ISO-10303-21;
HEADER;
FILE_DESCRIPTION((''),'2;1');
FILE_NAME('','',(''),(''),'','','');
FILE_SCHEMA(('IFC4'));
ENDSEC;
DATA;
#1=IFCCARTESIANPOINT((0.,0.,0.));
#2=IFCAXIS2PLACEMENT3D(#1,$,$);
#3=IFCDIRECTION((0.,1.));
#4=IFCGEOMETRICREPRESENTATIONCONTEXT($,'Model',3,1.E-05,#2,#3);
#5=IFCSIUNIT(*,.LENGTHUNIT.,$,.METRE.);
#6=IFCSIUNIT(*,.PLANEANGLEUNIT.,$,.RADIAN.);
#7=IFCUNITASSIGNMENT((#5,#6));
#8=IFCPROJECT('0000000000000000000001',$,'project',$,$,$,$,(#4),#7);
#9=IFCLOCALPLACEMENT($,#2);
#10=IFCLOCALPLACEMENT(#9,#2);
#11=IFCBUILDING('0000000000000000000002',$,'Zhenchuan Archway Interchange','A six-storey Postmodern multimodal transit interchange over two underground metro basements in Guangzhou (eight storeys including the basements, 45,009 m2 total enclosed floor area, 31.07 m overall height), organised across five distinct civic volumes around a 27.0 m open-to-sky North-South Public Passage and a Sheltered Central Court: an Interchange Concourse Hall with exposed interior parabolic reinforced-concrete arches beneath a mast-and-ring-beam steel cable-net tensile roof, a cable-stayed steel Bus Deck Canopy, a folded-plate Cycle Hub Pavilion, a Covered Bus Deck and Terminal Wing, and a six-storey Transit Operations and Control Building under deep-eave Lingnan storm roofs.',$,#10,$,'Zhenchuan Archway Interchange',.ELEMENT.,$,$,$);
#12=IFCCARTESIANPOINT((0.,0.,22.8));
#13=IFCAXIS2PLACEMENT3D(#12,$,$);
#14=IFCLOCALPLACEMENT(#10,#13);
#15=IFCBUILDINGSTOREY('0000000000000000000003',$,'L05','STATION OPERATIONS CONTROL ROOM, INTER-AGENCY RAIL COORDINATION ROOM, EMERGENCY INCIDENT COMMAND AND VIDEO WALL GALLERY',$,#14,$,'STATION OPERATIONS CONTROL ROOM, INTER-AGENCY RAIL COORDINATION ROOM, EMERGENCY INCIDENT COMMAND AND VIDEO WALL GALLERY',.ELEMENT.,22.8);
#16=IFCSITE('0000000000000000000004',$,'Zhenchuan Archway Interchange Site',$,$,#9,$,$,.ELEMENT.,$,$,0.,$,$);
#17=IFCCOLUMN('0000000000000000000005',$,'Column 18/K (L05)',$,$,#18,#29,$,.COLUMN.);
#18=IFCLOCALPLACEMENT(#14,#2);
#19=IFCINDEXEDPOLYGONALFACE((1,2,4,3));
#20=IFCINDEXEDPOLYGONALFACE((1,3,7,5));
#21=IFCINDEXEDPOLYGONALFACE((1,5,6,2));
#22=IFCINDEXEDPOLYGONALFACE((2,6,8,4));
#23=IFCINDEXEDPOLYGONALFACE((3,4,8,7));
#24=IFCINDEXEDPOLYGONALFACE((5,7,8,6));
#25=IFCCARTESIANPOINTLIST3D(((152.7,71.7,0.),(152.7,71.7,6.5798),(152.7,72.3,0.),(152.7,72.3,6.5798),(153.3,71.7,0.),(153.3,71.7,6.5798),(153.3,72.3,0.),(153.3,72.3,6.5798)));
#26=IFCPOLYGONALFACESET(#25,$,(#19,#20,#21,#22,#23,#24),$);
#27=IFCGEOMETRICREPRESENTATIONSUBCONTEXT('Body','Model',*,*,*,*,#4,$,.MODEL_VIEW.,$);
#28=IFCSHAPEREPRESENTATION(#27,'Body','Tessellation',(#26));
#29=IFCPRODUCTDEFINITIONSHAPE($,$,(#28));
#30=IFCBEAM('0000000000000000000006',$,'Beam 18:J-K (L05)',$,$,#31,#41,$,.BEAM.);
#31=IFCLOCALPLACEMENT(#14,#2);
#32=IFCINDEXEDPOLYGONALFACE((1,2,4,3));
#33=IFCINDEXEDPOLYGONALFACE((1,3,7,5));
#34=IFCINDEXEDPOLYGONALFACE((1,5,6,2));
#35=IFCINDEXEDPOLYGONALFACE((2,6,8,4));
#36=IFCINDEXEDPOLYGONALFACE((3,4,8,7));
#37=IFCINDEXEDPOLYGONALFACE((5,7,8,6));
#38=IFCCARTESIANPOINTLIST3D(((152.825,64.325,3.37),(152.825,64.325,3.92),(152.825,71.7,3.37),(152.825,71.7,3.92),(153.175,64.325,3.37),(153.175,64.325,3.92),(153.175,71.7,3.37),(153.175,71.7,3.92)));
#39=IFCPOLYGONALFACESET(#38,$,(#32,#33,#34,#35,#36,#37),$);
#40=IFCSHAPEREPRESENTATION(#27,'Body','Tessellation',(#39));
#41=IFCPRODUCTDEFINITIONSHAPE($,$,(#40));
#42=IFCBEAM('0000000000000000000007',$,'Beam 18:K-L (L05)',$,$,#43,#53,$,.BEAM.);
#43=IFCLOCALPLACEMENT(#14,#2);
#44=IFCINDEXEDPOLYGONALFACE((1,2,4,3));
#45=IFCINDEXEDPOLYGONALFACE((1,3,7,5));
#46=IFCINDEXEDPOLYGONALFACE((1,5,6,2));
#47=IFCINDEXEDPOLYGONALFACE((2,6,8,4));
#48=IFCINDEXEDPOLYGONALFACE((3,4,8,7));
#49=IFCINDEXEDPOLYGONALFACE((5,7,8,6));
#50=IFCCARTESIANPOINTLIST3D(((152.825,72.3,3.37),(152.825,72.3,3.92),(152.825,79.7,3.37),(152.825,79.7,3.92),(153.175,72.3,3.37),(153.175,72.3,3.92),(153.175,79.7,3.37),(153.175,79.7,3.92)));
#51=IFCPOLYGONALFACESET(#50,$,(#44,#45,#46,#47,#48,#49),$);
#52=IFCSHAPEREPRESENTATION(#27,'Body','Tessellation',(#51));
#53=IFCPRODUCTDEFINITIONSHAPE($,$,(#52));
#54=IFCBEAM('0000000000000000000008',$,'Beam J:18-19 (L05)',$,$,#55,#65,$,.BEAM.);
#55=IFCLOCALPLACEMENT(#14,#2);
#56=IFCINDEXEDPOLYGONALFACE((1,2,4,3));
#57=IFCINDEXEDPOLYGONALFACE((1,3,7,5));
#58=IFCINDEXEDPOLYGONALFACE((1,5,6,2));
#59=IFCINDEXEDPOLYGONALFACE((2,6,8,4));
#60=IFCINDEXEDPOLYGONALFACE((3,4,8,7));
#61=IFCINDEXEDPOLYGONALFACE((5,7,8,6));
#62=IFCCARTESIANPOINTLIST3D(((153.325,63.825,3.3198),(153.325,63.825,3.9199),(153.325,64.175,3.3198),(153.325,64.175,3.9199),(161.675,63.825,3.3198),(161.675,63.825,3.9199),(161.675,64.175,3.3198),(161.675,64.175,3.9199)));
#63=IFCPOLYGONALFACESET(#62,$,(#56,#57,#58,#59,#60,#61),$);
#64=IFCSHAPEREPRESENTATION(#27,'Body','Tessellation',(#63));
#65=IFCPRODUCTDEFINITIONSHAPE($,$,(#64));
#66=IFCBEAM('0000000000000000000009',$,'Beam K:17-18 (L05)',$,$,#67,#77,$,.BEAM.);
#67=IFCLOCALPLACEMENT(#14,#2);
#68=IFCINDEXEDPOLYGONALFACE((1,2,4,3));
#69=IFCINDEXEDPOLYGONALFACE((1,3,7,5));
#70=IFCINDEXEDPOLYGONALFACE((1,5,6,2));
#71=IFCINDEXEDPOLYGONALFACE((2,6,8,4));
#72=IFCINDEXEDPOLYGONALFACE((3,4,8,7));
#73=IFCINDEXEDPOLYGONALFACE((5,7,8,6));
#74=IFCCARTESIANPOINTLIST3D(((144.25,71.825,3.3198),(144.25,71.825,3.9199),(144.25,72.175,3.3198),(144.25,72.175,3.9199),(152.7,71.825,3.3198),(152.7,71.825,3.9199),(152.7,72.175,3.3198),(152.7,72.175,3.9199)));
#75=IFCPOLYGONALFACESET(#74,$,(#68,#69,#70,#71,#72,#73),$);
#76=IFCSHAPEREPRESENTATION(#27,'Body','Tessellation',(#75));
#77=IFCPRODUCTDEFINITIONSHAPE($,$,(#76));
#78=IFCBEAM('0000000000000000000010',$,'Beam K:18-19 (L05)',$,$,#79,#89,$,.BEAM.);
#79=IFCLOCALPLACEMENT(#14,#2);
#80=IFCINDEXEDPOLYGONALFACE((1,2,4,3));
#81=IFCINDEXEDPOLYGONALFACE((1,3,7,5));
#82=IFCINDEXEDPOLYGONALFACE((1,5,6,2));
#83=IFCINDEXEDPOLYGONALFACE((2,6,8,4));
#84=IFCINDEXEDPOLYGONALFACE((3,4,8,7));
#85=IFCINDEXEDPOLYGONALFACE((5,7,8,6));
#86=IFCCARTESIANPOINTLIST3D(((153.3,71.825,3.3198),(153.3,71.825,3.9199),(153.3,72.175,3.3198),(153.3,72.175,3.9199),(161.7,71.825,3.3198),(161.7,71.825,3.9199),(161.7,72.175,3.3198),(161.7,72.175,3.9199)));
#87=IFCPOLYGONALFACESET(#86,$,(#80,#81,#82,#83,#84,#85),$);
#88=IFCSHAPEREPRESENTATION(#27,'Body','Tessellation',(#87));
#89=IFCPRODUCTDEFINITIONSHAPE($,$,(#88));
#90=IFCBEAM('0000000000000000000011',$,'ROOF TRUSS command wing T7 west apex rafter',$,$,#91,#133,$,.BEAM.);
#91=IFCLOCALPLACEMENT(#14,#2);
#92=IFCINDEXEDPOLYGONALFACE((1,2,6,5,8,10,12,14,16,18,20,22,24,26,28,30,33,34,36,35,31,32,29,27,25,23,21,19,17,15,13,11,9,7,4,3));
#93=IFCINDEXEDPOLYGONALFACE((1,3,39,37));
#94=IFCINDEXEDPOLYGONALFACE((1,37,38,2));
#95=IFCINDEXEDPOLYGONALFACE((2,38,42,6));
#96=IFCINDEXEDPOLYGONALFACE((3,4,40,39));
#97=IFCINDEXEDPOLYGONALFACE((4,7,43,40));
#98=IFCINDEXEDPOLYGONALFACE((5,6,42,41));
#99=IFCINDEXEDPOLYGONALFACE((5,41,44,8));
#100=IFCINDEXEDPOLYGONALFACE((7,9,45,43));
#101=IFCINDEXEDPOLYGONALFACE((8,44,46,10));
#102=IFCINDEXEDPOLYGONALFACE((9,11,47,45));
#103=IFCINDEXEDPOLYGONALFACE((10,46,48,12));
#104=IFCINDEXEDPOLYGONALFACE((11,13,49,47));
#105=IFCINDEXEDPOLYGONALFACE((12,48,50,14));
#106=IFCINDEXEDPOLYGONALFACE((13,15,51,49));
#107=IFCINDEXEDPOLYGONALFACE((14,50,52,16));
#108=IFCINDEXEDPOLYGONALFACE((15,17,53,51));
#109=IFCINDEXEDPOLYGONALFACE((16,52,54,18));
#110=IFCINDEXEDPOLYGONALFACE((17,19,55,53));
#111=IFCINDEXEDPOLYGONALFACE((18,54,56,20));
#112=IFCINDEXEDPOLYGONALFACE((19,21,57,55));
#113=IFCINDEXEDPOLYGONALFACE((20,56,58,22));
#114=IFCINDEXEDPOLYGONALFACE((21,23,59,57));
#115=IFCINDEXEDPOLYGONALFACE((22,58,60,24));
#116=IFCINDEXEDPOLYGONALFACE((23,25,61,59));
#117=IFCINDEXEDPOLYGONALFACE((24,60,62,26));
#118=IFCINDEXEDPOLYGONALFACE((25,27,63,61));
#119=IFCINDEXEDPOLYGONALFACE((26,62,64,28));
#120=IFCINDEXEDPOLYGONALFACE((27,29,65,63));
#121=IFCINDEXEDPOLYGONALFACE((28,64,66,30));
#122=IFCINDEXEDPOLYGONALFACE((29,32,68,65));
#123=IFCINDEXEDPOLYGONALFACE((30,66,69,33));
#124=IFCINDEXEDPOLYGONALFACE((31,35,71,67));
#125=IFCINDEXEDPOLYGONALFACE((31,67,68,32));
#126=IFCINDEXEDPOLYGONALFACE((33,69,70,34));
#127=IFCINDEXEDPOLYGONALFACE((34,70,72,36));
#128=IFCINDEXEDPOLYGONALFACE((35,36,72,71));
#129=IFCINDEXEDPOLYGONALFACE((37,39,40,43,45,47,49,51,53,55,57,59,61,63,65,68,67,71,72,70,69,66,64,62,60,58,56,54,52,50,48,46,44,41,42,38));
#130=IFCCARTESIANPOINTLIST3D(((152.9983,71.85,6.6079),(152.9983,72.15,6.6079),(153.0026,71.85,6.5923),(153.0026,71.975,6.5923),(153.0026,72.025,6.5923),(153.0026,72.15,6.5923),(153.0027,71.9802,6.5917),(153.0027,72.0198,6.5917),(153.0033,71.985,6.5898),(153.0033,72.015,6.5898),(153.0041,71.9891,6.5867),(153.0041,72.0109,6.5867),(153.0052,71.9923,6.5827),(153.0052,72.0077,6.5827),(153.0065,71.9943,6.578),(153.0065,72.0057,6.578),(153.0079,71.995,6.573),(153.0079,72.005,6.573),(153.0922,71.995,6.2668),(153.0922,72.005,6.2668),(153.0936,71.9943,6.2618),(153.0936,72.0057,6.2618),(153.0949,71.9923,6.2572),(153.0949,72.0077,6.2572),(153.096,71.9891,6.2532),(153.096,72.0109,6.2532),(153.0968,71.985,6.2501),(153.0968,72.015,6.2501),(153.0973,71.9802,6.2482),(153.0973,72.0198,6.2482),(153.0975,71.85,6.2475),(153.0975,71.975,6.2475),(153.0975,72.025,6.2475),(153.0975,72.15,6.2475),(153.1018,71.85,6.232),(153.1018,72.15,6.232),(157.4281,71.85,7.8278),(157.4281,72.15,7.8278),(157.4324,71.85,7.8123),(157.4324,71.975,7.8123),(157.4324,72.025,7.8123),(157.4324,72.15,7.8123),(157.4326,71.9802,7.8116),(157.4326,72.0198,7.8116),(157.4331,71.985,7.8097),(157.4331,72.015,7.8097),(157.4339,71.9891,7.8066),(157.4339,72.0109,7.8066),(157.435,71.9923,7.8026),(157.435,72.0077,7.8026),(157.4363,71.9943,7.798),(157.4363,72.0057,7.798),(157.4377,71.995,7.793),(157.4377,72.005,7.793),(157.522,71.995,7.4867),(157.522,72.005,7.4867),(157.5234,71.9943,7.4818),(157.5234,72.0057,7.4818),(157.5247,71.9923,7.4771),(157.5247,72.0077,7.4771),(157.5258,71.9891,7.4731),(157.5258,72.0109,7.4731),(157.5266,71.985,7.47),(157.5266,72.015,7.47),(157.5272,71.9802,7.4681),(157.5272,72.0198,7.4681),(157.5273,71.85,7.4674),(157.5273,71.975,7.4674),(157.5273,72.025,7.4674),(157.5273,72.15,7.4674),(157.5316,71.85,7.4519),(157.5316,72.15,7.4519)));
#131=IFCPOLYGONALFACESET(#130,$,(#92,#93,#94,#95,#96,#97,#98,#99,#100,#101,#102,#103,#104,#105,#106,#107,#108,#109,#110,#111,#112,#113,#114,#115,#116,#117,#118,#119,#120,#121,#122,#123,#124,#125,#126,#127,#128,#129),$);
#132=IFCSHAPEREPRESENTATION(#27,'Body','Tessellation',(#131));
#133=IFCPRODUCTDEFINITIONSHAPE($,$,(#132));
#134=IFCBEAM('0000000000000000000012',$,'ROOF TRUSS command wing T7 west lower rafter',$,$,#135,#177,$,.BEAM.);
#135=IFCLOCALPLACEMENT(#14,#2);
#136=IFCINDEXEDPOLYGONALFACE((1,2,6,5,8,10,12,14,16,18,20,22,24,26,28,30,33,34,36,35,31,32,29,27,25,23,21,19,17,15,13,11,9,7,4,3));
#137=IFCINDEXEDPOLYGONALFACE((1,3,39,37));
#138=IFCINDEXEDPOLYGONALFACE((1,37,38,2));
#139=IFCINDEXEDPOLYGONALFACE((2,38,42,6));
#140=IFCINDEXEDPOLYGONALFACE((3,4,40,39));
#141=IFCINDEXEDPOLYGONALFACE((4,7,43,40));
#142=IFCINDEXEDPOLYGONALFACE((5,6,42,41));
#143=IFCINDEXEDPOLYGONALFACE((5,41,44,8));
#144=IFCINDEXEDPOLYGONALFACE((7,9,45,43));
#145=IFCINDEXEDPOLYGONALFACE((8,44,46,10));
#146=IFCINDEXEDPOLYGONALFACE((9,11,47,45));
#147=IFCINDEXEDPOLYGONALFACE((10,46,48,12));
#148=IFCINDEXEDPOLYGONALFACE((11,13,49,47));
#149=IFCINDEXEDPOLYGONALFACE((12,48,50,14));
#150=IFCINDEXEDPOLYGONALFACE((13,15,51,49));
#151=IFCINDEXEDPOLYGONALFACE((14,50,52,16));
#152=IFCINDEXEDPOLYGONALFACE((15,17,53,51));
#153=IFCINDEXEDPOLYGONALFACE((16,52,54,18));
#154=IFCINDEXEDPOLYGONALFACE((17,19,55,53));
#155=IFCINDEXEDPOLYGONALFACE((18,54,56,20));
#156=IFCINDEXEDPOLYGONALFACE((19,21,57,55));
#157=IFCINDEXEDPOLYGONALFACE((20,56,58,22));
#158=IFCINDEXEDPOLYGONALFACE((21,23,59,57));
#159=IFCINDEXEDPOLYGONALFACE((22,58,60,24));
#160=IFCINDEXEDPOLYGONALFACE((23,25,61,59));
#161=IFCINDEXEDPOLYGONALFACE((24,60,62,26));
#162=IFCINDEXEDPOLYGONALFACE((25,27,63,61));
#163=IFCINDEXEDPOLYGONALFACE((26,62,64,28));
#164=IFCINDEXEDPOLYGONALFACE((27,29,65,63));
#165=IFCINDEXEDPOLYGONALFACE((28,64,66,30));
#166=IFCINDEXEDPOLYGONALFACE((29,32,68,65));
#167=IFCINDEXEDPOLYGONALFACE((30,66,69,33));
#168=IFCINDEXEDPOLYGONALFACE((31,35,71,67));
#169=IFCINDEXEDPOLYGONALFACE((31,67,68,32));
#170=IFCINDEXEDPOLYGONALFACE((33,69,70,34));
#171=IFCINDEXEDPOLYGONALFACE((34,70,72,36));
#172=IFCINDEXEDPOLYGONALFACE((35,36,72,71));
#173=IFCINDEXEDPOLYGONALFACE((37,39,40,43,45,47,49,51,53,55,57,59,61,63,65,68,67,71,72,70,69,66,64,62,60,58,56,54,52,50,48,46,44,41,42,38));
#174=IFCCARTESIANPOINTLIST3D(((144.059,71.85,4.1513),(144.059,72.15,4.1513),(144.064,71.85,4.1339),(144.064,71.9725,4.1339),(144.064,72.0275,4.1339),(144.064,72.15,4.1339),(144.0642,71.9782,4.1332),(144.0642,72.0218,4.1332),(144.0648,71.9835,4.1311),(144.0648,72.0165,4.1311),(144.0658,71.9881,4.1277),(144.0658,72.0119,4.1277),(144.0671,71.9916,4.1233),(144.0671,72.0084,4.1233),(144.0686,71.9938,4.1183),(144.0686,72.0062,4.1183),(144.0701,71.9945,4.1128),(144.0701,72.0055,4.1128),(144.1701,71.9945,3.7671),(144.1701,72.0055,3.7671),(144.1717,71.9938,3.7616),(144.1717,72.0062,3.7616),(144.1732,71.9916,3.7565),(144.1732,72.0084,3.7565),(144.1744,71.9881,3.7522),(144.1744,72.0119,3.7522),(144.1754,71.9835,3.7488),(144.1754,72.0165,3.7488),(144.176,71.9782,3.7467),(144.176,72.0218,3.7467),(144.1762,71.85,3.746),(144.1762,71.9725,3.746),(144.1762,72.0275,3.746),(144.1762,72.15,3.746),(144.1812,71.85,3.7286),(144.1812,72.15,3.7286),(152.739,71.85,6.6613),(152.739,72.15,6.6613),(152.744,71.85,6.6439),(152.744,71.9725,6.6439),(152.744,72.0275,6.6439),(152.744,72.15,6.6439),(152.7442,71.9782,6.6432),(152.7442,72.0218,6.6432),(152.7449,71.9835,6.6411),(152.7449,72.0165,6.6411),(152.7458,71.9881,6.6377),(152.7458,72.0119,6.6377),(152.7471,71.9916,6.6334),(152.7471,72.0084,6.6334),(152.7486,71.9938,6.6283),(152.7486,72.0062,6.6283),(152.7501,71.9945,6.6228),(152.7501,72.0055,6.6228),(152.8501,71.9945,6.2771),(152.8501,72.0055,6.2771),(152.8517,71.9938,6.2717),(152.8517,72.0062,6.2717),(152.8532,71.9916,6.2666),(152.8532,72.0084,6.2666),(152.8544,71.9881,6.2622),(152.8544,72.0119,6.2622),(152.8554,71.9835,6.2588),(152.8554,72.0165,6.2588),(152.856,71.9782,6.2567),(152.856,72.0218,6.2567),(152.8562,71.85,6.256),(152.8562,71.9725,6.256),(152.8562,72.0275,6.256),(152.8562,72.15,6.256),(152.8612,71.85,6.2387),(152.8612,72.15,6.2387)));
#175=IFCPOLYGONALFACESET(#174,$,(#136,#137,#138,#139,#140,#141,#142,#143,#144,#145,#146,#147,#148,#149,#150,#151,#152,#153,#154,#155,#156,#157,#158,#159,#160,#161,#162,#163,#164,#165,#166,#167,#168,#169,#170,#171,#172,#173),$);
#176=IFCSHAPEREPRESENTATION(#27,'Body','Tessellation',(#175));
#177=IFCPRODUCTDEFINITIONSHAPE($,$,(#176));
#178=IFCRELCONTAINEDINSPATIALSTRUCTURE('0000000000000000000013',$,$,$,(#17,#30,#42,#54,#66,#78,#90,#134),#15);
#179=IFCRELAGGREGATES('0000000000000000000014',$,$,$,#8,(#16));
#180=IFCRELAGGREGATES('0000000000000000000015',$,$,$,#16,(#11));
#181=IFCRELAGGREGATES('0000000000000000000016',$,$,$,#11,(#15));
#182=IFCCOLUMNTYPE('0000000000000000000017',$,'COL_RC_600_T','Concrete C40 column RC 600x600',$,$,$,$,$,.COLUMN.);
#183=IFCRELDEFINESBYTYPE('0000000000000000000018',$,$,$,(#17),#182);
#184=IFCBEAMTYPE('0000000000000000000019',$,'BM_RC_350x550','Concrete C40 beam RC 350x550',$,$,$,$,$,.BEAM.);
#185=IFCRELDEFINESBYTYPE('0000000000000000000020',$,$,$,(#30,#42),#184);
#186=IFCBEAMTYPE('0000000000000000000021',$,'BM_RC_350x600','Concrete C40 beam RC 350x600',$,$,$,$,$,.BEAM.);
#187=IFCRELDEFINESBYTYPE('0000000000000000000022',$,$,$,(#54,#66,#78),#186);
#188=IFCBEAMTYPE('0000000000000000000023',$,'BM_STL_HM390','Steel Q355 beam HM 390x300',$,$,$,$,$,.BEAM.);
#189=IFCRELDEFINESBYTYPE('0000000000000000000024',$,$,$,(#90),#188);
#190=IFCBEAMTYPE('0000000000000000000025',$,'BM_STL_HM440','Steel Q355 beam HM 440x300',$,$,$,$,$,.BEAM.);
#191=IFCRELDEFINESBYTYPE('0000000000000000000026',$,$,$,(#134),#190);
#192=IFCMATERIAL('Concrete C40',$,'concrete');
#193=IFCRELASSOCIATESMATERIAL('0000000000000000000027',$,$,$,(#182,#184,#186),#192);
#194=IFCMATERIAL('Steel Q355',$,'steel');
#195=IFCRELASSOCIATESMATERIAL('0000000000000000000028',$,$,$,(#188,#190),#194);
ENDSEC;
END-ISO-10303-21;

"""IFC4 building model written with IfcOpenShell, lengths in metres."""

from ifc_helpers import new_model, si_unit, direction, frame, origin, origin_2d, place, context, subcontext, project, spatial, rectangle, i_section, extrude, material, material_profile, profile_set, type_object, element, save


model = new_model("IFC4")

# Units and contexts
model_context = context("Model", 3, precision=1e-05, world=origin(), true_north=direction((0.0, 1.0)))
body_context = subcontext(model_context, "Body", "Model", "MODEL_VIEW")
ifc_project = project(units=[si_unit("LENGTHUNIT", "METRE"), si_unit("PLANEANGLEUNIT", "RADIAN")], contexts=[model_context])

# Site, building, storey
site_placement = place(None, origin())
site = spatial("IfcSite", under=ifc_project, at=site_placement, Name="Zhenchuan Archway Interchange Site", CompositionType="ELEMENT", RefElevation=0.0)
building_placement = place(site_placement, origin())
building = spatial("IfcBuilding", under=site, at=building_placement, Name="Zhenchuan Archway Interchange", Description="A six-storey Postmodern multimodal transit interchange over two underground metro basements in Guangzhou (eight storeys including the basements, 45,009 m2 total enclosed floor area, 31.07 m overall height), organised across five distinct civic volumes around a 27.0 m open-to-sky North-South Public Passage and a Sheltered Central Court: an Interchange Concourse Hall with exposed interior parabolic reinforced-concrete arches beneath a mast-and-ring-beam steel cable-net tensile roof, a cable-stayed steel Bus Deck Canopy, a folded-plate Cycle Hub Pavilion, a Covered Bus Deck and Terminal Wing, and a six-storey Transit Operations and Control Building under deep-eave Lingnan storm roofs.", LongName="Zhenchuan Archway Interchange", CompositionType="ELEMENT")
storey_placement = place(building_placement, frame((0.0, 0.0, 22.8)))
storey = spatial("IfcBuildingStorey", under=building, at=storey_placement, Name="L05", Description="STATION OPERATIONS CONTROL ROOM, INTER-AGENCY RAIL COORDINATION ROOM, EMERGENCY INCIDENT COMMAND AND VIDEO WALL GALLERY", LongName="STATION OPERATIONS CONTROL ROOM, INTER-AGENCY RAIL COORDINATION ROOM, EMERGENCY INCIDENT COMMAND AND VIDEO WALL GALLERY", CompositionType="ELEMENT", Elevation=22.8)

# Column
ifc_material_1 = material(Name="Concrete C40", Category="concrete")
ifc_material_profile_1 = material_profile(ifc_material_1, rectangle(XDim=0.6001, YDim=0.6001, at=origin_2d()), Name="RC 600x600")
ifc_profile_set_1 = profile_set([ifc_material_profile_1], Name="Concrete C40")
column_type = type_object("IfcColumnType", Name="COL_RC_600_T", Description="Concrete C40 column RC 600x600", PredefinedType="COLUMN", material=ifc_profile_set_1)
column_placement = place(storey_placement, frame((153.0, 72.0, 0.0), z_axis=(0.0, 0.0, 1.0), x_axis=(1.0, 0.0, 0.0)))
element("IfcColumn", 1, at=column_placement, inside=storey, type_object=column_type, Name="Column 18/K (L05)", PredefinedType="COLUMN", context=body_context, shape_type="SweptSolid", body=[
    extrude(rectangle(XDim=0.6001, YDim=0.6001, at=origin_2d()), origin(), (0.0, 0.0, 1.0), 6.5798),
])

# Beams
ifc_material_profile_2 = material_profile(ifc_material_1, rectangle(XDim=0.3501, YDim=0.55, at=origin_2d()), Name="RC 350x550")
ifc_profile_set_2 = profile_set([ifc_material_profile_2], Name="Concrete C40")
beam_type_1 = type_object("IfcBeamType", Name="BM_RC_350x550", Description="Concrete C40 beam RC 350x550", PredefinedType="BEAM", material=ifc_profile_set_2)
beam_1_placement = place(storey_placement, frame((153.0, 64.325, 3.645), z_axis=(0.0, 1.0, 0.0), x_axis=(-1.0, 0.0, 0.0)))
element("IfcBeam", 2, at=beam_1_placement, inside=storey, type_object=beam_type_1, Name="Beam 18:J-K (L05)", PredefinedType="BEAM", context=body_context, shape_type="SweptSolid", body=[
    extrude(rectangle(XDim=0.3501, YDim=0.55, at=origin_2d()), origin(), (0.0, 0.0, 1.0), 7.375),
])
beam_2_placement = place(storey_placement, frame((153.0, 72.3, 3.645), z_axis=(0.0, 1.0, 0.0), x_axis=(-1.0, 0.0, 0.0)))
element("IfcBeam", 3, at=beam_2_placement, inside=storey, type_object=beam_type_1, Name="Beam 18:K-L (L05)", PredefinedType="BEAM", context=body_context, shape_type="SweptSolid", body=[
    extrude(rectangle(XDim=0.3501, YDim=0.55, at=origin_2d()), origin(), (0.0, 0.0, 1.0), 7.3999),
])
ifc_material_profile_3 = material_profile(ifc_material_1, rectangle(XDim=0.3501, YDim=0.6001, at=origin_2d()), Name="RC 350x600")
ifc_profile_set_3 = profile_set([ifc_material_profile_3], Name="Concrete C40")
beam_type_2 = type_object("IfcBeamType", Name="BM_RC_350x600", Description="Concrete C40 beam RC 350x600", PredefinedType="BEAM", material=ifc_profile_set_3)
beam_3_placement = place(storey_placement, frame((153.325, 64.0, 3.6199), z_axis=(1.0, 0.0, 0.0), x_axis=(0.0, 1.0, 0.0)))
element("IfcBeam", 4, at=beam_3_placement, inside=storey, type_object=beam_type_2, Name="Beam J:18-19 (L05)", PredefinedType="BEAM", context=body_context, shape_type="SweptSolid", body=[
    extrude(rectangle(XDim=0.3501, YDim=0.6001, at=origin_2d()), origin(), (0.0, 0.0, 1.0), 8.3501),
])
beam_4_placement = place(storey_placement, frame((144.25, 72.0, 3.6199), z_axis=(1.0, 0.0, 0.0), x_axis=(0.0, 1.0, 0.0)))
element("IfcBeam", 5, at=beam_4_placement, inside=storey, type_object=beam_type_2, Name="Beam K:17-18 (L05)", PredefinedType="BEAM", context=body_context, shape_type="SweptSolid", body=[
    extrude(rectangle(XDim=0.3501, YDim=0.6001, at=origin_2d()), origin(), (0.0, 0.0, 1.0), 8.45),
])
beam_5_placement = place(storey_placement, frame((153.3, 72.0, 3.6199), z_axis=(1.0, 0.0, 0.0), x_axis=(0.0, 1.0, 0.0)))
element("IfcBeam", 6, at=beam_5_placement, inside=storey, type_object=beam_type_2, Name="Beam K:18-19 (L05)", PredefinedType="BEAM", context=body_context, shape_type="SweptSolid", body=[
    extrude(rectangle(XDim=0.3501, YDim=0.6001, at=origin_2d()), origin(), (0.0, 0.0, 1.0), 8.3999),
])
ifc_material_2 = material(Name="Steel Q355", Category="steel")
ifc_material_profile_4 = material_profile(ifc_material_2, i_section(OverallWidth=0.3, OverallDepth=0.3899, WebThickness=0.01, FlangeThickness=0.0161, FilletRadius=0.02, at=origin_2d()), Name="HM 390x300")
ifc_profile_set_4 = profile_set([ifc_material_profile_4], Name="Steel Q355")
beam_type_3 = type_object("IfcBeamType", Name="BM_STL_HM390", Description="Steel Q355 beam HM 390x300", PredefinedType="BEAM", material=ifc_profile_set_4)
beam_6_placement = place(storey_placement, frame((153.05, 72.0, 6.4199), z_axis=(0.964109, 0.0, 0.265508), x_axis=(0.0, 1.0, 0.0)))
element("IfcBeam", 7, at=beam_6_placement, inside=storey, type_object=beam_type_3, Name="ROOF TRUSS command wing T7 west apex rafter", PredefinedType="BEAM", context=body_context, shape_type="SweptSolid", body=[
    extrude(i_section(OverallWidth=0.3, OverallDepth=0.3899, WebThickness=0.01, FlangeThickness=0.0161, FilletRadius=0.02, at=origin_2d()), origin(), (0.0, 0.0, 1.0), 4.5947),
])
ifc_material_profile_5 = material_profile(ifc_material_2, i_section(OverallWidth=0.3, OverallDepth=0.4399, WebThickness=0.011, FlangeThickness=0.0181, FilletRadius=0.022, at=origin_2d()), Name="HM 440x300")
ifc_profile_set_5 = profile_set([ifc_material_profile_5], Name="Steel Q355")
beam_type_4 = type_object("IfcBeamType", Name="BM_STL_HM440", Description="Steel Q355 beam HM 440x300", PredefinedType="BEAM", material=ifc_profile_set_5)
beam_7_placement = place(storey_placement, frame((144.1201, 72.0, 3.9399), z_axis=(0.960641, 0.0, 0.277792), x_axis=(0.0, 1.0, 0.0)))
element("IfcBeam", 8, at=beam_7_placement, inside=storey, type_object=beam_type_4, Name="ROOF TRUSS command wing T7 west lower rafter", PredefinedType="BEAM", context=body_context, shape_type="SweptSolid", body=[
    extrude(i_section(OverallWidth=0.3, OverallDepth=0.4399, WebThickness=0.011, FlangeThickness=0.0181, FilletRadius=0.022, at=origin_2d()), origin(), (0.0, 0.0, 1.0), 9.0356),
])

save(model, "model.ifc")
